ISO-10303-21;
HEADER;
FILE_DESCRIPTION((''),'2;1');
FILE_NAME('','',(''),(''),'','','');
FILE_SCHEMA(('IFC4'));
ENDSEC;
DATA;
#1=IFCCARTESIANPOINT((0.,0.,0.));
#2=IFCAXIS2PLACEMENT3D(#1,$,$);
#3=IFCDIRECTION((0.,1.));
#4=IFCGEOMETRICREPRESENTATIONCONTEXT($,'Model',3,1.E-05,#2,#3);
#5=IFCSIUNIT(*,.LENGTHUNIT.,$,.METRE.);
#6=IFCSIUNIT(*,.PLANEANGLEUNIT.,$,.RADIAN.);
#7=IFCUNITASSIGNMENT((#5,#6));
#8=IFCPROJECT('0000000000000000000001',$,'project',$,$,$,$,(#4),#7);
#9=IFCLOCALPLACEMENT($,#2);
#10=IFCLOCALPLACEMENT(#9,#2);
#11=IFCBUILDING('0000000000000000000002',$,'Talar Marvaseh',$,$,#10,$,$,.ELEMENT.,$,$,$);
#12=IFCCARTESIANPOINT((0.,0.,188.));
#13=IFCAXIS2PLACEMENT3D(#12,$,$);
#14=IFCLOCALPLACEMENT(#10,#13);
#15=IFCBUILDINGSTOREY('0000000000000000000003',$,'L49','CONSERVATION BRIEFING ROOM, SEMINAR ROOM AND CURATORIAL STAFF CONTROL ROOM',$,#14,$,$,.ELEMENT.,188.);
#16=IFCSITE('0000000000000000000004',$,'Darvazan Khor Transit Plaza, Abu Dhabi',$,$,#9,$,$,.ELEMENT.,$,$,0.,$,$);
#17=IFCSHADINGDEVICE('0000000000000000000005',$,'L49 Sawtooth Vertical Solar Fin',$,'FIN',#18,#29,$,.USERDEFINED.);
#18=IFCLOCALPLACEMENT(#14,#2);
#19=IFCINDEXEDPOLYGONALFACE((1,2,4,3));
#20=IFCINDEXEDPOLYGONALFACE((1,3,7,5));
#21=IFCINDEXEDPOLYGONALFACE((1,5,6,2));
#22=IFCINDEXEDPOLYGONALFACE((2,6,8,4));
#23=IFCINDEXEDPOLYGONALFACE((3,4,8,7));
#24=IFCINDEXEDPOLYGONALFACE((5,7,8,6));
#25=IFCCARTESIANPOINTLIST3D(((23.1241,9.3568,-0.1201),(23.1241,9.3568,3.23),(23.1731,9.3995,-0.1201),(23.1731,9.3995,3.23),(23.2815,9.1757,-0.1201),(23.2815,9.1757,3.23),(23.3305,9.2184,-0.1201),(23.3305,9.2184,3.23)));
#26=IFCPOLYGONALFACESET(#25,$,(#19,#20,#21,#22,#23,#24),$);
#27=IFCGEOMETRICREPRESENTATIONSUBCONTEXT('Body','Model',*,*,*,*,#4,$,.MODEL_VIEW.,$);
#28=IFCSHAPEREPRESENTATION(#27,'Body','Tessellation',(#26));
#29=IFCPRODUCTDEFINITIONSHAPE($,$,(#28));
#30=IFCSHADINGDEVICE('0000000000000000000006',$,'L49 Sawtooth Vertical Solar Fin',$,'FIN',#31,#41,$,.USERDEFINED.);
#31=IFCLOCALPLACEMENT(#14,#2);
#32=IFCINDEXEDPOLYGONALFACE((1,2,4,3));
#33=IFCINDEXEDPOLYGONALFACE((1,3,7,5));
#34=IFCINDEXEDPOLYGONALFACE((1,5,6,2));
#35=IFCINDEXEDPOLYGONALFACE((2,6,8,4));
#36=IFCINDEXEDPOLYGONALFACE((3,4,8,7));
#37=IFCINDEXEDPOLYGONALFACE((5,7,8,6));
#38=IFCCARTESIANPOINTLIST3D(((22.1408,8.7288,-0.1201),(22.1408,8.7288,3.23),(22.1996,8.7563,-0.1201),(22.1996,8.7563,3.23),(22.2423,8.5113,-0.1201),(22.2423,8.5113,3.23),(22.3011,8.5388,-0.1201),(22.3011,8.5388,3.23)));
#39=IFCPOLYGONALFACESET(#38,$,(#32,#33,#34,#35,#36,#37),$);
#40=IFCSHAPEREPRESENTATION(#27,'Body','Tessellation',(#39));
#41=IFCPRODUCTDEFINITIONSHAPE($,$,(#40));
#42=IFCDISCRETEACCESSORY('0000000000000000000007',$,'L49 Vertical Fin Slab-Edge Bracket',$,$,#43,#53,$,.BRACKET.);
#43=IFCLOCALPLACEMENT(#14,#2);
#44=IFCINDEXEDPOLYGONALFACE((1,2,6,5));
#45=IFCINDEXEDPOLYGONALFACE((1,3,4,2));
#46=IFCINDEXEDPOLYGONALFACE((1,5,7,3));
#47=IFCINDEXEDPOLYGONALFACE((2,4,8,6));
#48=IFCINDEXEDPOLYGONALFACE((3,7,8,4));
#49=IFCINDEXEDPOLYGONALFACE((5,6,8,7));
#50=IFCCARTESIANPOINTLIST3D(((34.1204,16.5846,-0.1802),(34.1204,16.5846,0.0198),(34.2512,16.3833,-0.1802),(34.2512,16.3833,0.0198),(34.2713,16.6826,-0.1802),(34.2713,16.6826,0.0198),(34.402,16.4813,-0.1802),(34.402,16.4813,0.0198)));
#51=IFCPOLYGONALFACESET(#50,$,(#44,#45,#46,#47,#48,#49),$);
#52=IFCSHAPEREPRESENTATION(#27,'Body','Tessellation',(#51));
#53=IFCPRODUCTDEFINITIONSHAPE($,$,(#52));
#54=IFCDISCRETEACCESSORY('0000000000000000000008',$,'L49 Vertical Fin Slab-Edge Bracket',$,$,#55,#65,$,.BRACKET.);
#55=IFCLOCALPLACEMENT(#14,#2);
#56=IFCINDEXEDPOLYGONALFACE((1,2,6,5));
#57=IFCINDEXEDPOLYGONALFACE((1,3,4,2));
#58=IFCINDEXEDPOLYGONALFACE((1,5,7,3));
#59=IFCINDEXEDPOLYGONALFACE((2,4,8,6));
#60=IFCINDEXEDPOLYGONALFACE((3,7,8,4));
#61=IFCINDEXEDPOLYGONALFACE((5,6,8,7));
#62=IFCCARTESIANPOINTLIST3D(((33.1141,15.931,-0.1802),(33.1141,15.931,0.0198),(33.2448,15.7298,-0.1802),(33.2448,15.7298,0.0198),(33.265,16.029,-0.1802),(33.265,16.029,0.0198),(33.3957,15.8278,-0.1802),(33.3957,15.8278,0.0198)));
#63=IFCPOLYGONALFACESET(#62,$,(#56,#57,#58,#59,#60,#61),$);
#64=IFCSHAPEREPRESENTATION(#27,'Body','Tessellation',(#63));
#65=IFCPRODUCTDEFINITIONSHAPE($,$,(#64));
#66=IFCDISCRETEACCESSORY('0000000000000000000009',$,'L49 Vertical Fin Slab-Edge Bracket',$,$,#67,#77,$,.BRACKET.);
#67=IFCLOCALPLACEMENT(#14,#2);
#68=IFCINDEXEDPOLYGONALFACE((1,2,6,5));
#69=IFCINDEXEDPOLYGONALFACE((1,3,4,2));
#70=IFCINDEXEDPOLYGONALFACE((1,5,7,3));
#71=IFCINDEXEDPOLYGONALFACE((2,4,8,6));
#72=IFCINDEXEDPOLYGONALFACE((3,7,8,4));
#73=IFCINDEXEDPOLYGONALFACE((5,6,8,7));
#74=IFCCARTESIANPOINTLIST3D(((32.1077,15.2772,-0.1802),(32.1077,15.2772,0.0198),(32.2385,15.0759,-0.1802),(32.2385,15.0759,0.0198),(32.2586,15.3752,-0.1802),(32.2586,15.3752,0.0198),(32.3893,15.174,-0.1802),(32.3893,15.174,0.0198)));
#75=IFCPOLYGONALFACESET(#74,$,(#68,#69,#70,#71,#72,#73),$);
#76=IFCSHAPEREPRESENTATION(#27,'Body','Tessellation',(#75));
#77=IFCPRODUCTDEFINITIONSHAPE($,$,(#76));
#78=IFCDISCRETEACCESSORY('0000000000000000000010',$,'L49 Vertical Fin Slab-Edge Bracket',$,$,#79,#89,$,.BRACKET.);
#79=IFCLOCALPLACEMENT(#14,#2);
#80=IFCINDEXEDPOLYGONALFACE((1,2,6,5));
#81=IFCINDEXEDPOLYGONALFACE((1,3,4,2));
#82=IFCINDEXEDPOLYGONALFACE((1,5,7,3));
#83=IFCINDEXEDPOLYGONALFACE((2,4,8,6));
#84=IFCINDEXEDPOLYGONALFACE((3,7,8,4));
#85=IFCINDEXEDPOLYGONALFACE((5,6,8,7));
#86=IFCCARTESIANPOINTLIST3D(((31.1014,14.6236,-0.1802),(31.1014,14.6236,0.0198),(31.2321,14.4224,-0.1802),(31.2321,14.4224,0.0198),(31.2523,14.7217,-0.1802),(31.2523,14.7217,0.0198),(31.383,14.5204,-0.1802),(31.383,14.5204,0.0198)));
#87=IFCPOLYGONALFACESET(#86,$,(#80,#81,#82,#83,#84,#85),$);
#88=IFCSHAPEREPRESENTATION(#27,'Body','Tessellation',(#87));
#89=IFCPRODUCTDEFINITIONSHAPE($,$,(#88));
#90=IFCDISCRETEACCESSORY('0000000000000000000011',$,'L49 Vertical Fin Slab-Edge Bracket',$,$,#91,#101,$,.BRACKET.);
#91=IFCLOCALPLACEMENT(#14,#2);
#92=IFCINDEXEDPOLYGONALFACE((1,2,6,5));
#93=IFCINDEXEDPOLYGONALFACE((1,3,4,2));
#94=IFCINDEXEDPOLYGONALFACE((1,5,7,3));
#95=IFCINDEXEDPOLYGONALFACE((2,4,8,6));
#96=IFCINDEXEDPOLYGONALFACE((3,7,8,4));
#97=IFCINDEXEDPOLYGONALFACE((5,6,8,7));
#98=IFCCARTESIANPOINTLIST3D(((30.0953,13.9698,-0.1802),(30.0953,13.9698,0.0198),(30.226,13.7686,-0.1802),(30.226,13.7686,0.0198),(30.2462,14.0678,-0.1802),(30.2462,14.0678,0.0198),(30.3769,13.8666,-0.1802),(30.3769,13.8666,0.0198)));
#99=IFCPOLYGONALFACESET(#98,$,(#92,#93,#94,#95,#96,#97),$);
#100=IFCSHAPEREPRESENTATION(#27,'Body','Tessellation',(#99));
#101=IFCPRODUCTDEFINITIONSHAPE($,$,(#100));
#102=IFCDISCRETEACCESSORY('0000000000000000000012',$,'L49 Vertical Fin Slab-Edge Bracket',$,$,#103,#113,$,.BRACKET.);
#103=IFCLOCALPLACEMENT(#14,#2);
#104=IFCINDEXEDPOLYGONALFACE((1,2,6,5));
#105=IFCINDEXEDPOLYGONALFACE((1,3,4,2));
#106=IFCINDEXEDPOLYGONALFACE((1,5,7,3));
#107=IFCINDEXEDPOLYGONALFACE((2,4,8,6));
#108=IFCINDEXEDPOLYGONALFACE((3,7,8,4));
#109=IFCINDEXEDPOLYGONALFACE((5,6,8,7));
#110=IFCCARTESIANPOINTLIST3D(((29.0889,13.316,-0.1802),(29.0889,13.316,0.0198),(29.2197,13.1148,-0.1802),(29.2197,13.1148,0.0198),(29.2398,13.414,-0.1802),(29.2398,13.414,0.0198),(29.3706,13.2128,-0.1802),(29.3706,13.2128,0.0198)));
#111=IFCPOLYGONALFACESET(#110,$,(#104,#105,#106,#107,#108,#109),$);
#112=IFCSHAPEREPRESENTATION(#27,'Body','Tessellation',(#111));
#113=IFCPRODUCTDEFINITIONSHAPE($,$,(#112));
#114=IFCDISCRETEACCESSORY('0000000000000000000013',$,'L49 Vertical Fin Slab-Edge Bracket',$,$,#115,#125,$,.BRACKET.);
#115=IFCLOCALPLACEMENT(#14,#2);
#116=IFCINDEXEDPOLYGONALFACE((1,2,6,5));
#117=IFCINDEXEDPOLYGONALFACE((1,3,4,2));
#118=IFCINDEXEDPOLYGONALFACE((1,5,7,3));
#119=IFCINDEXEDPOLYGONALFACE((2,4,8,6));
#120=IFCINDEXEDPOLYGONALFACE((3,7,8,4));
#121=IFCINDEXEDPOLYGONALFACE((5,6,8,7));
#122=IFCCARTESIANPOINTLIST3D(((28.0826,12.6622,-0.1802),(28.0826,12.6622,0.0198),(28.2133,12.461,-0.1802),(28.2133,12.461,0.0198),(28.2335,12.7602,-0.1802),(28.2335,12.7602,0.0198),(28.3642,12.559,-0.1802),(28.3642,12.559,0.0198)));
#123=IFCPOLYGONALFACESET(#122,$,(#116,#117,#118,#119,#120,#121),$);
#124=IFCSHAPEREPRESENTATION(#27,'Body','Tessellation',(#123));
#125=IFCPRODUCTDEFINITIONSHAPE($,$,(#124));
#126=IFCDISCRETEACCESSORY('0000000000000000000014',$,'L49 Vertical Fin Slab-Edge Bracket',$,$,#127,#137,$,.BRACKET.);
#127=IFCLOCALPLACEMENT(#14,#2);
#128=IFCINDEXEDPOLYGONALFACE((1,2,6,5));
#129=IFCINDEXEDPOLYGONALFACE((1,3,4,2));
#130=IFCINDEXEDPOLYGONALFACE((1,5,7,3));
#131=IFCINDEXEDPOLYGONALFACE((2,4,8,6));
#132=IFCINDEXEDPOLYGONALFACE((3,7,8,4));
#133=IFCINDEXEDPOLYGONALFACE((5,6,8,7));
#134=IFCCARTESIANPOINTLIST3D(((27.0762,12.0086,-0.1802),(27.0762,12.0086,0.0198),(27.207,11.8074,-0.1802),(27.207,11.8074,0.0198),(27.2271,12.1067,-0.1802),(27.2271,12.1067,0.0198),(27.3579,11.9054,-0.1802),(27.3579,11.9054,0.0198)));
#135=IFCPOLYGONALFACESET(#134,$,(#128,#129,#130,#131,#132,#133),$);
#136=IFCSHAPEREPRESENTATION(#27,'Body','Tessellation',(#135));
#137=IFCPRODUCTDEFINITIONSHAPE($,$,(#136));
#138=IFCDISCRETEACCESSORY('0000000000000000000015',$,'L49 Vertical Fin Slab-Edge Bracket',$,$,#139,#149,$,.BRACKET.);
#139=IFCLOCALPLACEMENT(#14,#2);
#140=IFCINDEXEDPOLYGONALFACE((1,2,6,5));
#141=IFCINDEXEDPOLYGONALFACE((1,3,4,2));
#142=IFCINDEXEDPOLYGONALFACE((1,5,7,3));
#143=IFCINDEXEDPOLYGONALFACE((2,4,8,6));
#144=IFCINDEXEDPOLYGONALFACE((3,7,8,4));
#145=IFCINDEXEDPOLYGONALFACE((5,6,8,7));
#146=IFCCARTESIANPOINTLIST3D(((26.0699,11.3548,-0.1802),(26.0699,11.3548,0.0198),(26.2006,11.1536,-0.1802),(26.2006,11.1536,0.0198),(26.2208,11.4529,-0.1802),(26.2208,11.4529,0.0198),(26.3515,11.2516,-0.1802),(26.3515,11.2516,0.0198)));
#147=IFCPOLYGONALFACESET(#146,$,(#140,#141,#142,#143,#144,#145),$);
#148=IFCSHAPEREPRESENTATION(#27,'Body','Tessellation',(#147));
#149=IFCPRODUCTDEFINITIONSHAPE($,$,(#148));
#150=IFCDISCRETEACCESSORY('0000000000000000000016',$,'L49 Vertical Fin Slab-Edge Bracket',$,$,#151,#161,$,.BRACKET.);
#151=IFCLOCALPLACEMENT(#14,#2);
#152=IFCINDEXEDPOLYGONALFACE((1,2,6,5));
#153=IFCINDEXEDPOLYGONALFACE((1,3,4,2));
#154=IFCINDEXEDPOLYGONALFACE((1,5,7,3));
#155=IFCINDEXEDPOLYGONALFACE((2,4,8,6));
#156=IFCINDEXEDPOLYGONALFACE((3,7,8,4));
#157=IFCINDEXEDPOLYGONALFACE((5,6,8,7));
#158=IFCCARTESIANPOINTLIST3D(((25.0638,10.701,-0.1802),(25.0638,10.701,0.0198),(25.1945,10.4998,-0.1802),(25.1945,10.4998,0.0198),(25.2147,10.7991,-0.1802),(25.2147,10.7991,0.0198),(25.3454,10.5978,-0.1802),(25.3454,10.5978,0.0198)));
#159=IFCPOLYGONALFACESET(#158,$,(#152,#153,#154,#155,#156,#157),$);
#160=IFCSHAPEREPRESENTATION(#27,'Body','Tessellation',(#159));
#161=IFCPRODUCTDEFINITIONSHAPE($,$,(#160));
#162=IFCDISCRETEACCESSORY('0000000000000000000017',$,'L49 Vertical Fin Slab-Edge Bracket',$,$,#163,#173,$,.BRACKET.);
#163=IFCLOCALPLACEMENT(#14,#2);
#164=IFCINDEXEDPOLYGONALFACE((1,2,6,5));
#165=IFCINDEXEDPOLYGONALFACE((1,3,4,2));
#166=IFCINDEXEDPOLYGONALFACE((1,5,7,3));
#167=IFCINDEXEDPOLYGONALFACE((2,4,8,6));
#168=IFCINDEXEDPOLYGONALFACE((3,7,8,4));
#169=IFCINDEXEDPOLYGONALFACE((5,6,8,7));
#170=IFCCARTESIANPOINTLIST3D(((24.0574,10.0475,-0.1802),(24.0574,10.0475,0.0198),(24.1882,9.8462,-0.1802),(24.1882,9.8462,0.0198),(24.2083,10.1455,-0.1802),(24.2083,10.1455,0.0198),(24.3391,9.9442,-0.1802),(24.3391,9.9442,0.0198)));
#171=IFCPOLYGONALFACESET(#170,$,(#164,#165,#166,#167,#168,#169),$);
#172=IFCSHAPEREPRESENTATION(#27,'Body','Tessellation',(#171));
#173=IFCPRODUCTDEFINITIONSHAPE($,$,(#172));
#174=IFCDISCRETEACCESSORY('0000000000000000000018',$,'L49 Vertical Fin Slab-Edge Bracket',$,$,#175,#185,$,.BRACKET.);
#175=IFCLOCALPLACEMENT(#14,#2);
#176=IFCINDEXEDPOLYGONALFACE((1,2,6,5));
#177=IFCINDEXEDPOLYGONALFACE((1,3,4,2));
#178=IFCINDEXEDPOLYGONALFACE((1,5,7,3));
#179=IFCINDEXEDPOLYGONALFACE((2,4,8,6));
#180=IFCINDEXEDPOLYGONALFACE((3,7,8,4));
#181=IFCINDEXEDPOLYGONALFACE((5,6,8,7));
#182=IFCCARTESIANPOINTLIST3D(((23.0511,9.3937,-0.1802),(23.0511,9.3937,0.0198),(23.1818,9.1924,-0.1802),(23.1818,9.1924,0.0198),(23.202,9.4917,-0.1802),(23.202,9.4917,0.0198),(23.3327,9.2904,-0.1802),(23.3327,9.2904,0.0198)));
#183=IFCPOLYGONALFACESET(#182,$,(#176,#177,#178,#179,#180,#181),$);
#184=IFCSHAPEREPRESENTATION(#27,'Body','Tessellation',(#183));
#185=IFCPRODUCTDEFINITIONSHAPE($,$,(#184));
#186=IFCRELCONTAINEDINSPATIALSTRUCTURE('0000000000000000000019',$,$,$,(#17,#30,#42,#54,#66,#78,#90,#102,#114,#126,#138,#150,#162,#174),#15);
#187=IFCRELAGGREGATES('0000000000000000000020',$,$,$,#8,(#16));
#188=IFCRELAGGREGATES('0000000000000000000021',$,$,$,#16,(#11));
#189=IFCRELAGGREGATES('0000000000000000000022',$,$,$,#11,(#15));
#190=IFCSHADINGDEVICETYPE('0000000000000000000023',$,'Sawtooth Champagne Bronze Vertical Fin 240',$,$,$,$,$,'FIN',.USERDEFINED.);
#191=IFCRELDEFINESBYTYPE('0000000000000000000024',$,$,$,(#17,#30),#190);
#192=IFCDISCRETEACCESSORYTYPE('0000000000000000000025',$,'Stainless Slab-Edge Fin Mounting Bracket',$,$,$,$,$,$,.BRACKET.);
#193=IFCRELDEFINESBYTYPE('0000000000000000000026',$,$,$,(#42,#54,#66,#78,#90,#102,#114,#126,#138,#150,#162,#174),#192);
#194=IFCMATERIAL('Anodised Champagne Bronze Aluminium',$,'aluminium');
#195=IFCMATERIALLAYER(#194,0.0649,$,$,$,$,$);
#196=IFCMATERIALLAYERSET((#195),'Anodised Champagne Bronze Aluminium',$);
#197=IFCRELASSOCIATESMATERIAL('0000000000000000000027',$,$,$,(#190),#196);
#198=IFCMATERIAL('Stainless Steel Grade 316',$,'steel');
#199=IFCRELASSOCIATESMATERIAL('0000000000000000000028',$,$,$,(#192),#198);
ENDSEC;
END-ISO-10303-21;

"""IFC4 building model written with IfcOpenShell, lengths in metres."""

from ifc_helpers import new_model, si_unit, direction, frame, origin, origin_2d, place, context, subcontext, project, spatial, rectangle, extrude, source, transform, mapped, material, layer, layer_set, type_object, type_shapes, element, save


model = new_model("IFC4")

# Units and contexts
model_context = context("Model", 3, precision=1e-05, world=origin(), true_north=direction((0.0, 1.0)))
body_context = subcontext(model_context, "Body", "Model", "MODEL_VIEW")
ifc_project = project(units=[si_unit("LENGTHUNIT", "METRE"), si_unit("PLANEANGLEUNIT", "RADIAN")], contexts=[model_context])

# Site, building, storey
site_placement = place(None, origin())
site = spatial("IfcSite", under=ifc_project, at=site_placement, Name="Darvazan Khor Transit Plaza, Abu Dhabi", CompositionType="ELEMENT", RefElevation=0.0)
building_placement = place(site_placement, origin())
building = spatial("IfcBuilding", under=site, at=building_placement, Name="Talar Marvaseh", CompositionType="ELEMENT")
storey_placement = place(building_placement, frame((0.0, 0.0, 188.0)))
storey = spatial("IfcBuildingStorey", under=building, at=storey_placement, Name="L49", Description="CONSERVATION BRIEFING ROOM, SEMINAR ROOM AND CURATORIAL STAFF CONTROL ROOM", CompositionType="ELEMENT", Elevation=188.0)

# Shading devices
ifc_material_1 = material(Name="Anodised Champagne Bronze Aluminium", Category="aluminium")
ifc_layer_1 = layer(ifc_material_1, 0.0649)
ifc_layer_set_1 = layer_set([ifc_layer_1], Name="Anodised Champagne Bronze Aluminium")
shading_device_type = type_object("IfcShadingDeviceType", Name="Sawtooth Champagne Bronze Vertical Fin 240", ElementType="FIN", PredefinedType="USERDEFINED", material=ifc_layer_set_1)
shared_shape_1 = source(origin(), body_context, "Body", "SweptSolid", [
    extrude(rectangle(XDim=0.24, YDim=0.0649, at=origin_2d()), origin(), (0.0, 0.0, 1.0), 3.3501),
])
type_shapes(shading_device_type, [shared_shape_1])
for number, where, z_axis, x_axis, name in (
    (1, (23.2273, 9.2876, -0.1201), (0.0, 0.0, 1.0), (0.656191, -0.754595, 0.0), "L49 Sawtooth Vertical Solar Fin"),
    (2, (22.2209, 8.6338, -0.1201), (0.0, 0.0, 1.0), (0.422776, -0.906234, 0.0), "L49 Sawtooth Vertical Solar Fin"),
):
    element("IfcShadingDevice", number, at=place(storey_placement, frame(where, z_axis=z_axis, x_axis=x_axis)), inside=storey, type_object=shading_device_type, Name=name, ObjectType="FIN", PredefinedType="USERDEFINED", context=body_context, shape_type="MappedRepresentation", body=[
        mapped(shared_shape_1, transform((0.0, 0.0, 0.0), x_axis=(1.0, 0.0, 0.0), y_axis=(0.0, 1.0, 0.0), z_axis=(0.0, 0.0, 1.0), scale=1.0)),
    ])

# Discrete accessories
ifc_material_2 = material(Name="Stainless Steel Grade 316", Category="steel")
discrete_accessory_type = type_object("IfcDiscreteAccessoryType", Name="Stainless Slab-Edge Fin Mounting Bracket", PredefinedType="BRACKET", material=ifc_material_2)
shared_shape_2 = source(origin(), body_context, "Body", "SweptSolid", [
    extrude(rectangle(XDim=0.24, YDim=0.1799, at=origin_2d()), origin(), (0.0, 0.0, 1.0), 0.2),
])
type_shapes(discrete_accessory_type, [shared_shape_2])
for number, where, z_axis, x_axis, name in (
    (3, (34.2612, 16.533, -0.1802), (0.0, 0.0, 1.0), (0.544785, -0.838575, 0.0), "L49 Vertical Fin Slab-Edge Bracket"),
    (4, (33.2549, 15.8794, -0.1802), (0.0, 0.0, 1.0), (0.544785, -0.838575, 0.0), "L49 Vertical Fin Slab-Edge Bracket"),
    (5, (32.2485, 15.2256, -0.1802), (0.0, 0.0, 1.0), (0.544785, -0.838575, 0.0), "L49 Vertical Fin Slab-Edge Bracket"),
    (6, (31.2422, 14.572, -0.1802), (0.0, 0.0, 1.0), (0.544785, -0.838575, 0.0), "L49 Vertical Fin Slab-Edge Bracket"),
    (7, (30.2361, 13.9182, -0.1802), (0.0, 0.0, 1.0), (0.544785, -0.838575, 0.0), "L49 Vertical Fin Slab-Edge Bracket"),
    (8, (29.2297, 13.2644, -0.1802), (0.0, 0.0, 1.0), (0.544785, -0.838575, 0.0), "L49 Vertical Fin Slab-Edge Bracket"),
    (9, (28.2234, 12.6106, -0.1802), (0.0, 0.0, 1.0), (0.544785, -0.838575, 0.0), "L49 Vertical Fin Slab-Edge Bracket"),
    (10, (27.217, 11.957, -0.1802), (0.0, 0.0, 1.0), (0.544785, -0.838575, 0.0), "L49 Vertical Fin Slab-Edge Bracket"),
    (11, (26.2107, 11.3032, -0.1802), (0.0, 0.0, 1.0), (0.544785, -0.838575, 0.0), "L49 Vertical Fin Slab-Edge Bracket"),
    (12, (25.2046, 10.6494, -0.1802), (0.0, 0.0, 1.0), (0.544785, -0.838575, 0.0), "L49 Vertical Fin Slab-Edge Bracket"),
    (13, (24.1982, 9.9958, -0.1802), (0.0, 0.0, 1.0), (0.544785, -0.838575, 0.0), "L49 Vertical Fin Slab-Edge Bracket"),
    (14, (23.1919, 9.342, -0.1802), (0.0, 0.0, 1.0), (0.544785, -0.838575, 0.0), "L49 Vertical Fin Slab-Edge Bracket"),
):
    element("IfcDiscreteAccessory", number, at=place(storey_placement, frame(where, z_axis=z_axis, x_axis=x_axis)), inside=storey, type_object=discrete_accessory_type, Name=name, PredefinedType="BRACKET", context=body_context, shape_type="MappedRepresentation", body=[
        mapped(shared_shape_2, transform((0.0, 0.0, 0.0), x_axis=(1.0, 0.0, 0.0), y_axis=(0.0, 1.0, 0.0), z_axis=(0.0, 0.0, 1.0), scale=1.0)),
    ])

save(model, "model.ifc")
